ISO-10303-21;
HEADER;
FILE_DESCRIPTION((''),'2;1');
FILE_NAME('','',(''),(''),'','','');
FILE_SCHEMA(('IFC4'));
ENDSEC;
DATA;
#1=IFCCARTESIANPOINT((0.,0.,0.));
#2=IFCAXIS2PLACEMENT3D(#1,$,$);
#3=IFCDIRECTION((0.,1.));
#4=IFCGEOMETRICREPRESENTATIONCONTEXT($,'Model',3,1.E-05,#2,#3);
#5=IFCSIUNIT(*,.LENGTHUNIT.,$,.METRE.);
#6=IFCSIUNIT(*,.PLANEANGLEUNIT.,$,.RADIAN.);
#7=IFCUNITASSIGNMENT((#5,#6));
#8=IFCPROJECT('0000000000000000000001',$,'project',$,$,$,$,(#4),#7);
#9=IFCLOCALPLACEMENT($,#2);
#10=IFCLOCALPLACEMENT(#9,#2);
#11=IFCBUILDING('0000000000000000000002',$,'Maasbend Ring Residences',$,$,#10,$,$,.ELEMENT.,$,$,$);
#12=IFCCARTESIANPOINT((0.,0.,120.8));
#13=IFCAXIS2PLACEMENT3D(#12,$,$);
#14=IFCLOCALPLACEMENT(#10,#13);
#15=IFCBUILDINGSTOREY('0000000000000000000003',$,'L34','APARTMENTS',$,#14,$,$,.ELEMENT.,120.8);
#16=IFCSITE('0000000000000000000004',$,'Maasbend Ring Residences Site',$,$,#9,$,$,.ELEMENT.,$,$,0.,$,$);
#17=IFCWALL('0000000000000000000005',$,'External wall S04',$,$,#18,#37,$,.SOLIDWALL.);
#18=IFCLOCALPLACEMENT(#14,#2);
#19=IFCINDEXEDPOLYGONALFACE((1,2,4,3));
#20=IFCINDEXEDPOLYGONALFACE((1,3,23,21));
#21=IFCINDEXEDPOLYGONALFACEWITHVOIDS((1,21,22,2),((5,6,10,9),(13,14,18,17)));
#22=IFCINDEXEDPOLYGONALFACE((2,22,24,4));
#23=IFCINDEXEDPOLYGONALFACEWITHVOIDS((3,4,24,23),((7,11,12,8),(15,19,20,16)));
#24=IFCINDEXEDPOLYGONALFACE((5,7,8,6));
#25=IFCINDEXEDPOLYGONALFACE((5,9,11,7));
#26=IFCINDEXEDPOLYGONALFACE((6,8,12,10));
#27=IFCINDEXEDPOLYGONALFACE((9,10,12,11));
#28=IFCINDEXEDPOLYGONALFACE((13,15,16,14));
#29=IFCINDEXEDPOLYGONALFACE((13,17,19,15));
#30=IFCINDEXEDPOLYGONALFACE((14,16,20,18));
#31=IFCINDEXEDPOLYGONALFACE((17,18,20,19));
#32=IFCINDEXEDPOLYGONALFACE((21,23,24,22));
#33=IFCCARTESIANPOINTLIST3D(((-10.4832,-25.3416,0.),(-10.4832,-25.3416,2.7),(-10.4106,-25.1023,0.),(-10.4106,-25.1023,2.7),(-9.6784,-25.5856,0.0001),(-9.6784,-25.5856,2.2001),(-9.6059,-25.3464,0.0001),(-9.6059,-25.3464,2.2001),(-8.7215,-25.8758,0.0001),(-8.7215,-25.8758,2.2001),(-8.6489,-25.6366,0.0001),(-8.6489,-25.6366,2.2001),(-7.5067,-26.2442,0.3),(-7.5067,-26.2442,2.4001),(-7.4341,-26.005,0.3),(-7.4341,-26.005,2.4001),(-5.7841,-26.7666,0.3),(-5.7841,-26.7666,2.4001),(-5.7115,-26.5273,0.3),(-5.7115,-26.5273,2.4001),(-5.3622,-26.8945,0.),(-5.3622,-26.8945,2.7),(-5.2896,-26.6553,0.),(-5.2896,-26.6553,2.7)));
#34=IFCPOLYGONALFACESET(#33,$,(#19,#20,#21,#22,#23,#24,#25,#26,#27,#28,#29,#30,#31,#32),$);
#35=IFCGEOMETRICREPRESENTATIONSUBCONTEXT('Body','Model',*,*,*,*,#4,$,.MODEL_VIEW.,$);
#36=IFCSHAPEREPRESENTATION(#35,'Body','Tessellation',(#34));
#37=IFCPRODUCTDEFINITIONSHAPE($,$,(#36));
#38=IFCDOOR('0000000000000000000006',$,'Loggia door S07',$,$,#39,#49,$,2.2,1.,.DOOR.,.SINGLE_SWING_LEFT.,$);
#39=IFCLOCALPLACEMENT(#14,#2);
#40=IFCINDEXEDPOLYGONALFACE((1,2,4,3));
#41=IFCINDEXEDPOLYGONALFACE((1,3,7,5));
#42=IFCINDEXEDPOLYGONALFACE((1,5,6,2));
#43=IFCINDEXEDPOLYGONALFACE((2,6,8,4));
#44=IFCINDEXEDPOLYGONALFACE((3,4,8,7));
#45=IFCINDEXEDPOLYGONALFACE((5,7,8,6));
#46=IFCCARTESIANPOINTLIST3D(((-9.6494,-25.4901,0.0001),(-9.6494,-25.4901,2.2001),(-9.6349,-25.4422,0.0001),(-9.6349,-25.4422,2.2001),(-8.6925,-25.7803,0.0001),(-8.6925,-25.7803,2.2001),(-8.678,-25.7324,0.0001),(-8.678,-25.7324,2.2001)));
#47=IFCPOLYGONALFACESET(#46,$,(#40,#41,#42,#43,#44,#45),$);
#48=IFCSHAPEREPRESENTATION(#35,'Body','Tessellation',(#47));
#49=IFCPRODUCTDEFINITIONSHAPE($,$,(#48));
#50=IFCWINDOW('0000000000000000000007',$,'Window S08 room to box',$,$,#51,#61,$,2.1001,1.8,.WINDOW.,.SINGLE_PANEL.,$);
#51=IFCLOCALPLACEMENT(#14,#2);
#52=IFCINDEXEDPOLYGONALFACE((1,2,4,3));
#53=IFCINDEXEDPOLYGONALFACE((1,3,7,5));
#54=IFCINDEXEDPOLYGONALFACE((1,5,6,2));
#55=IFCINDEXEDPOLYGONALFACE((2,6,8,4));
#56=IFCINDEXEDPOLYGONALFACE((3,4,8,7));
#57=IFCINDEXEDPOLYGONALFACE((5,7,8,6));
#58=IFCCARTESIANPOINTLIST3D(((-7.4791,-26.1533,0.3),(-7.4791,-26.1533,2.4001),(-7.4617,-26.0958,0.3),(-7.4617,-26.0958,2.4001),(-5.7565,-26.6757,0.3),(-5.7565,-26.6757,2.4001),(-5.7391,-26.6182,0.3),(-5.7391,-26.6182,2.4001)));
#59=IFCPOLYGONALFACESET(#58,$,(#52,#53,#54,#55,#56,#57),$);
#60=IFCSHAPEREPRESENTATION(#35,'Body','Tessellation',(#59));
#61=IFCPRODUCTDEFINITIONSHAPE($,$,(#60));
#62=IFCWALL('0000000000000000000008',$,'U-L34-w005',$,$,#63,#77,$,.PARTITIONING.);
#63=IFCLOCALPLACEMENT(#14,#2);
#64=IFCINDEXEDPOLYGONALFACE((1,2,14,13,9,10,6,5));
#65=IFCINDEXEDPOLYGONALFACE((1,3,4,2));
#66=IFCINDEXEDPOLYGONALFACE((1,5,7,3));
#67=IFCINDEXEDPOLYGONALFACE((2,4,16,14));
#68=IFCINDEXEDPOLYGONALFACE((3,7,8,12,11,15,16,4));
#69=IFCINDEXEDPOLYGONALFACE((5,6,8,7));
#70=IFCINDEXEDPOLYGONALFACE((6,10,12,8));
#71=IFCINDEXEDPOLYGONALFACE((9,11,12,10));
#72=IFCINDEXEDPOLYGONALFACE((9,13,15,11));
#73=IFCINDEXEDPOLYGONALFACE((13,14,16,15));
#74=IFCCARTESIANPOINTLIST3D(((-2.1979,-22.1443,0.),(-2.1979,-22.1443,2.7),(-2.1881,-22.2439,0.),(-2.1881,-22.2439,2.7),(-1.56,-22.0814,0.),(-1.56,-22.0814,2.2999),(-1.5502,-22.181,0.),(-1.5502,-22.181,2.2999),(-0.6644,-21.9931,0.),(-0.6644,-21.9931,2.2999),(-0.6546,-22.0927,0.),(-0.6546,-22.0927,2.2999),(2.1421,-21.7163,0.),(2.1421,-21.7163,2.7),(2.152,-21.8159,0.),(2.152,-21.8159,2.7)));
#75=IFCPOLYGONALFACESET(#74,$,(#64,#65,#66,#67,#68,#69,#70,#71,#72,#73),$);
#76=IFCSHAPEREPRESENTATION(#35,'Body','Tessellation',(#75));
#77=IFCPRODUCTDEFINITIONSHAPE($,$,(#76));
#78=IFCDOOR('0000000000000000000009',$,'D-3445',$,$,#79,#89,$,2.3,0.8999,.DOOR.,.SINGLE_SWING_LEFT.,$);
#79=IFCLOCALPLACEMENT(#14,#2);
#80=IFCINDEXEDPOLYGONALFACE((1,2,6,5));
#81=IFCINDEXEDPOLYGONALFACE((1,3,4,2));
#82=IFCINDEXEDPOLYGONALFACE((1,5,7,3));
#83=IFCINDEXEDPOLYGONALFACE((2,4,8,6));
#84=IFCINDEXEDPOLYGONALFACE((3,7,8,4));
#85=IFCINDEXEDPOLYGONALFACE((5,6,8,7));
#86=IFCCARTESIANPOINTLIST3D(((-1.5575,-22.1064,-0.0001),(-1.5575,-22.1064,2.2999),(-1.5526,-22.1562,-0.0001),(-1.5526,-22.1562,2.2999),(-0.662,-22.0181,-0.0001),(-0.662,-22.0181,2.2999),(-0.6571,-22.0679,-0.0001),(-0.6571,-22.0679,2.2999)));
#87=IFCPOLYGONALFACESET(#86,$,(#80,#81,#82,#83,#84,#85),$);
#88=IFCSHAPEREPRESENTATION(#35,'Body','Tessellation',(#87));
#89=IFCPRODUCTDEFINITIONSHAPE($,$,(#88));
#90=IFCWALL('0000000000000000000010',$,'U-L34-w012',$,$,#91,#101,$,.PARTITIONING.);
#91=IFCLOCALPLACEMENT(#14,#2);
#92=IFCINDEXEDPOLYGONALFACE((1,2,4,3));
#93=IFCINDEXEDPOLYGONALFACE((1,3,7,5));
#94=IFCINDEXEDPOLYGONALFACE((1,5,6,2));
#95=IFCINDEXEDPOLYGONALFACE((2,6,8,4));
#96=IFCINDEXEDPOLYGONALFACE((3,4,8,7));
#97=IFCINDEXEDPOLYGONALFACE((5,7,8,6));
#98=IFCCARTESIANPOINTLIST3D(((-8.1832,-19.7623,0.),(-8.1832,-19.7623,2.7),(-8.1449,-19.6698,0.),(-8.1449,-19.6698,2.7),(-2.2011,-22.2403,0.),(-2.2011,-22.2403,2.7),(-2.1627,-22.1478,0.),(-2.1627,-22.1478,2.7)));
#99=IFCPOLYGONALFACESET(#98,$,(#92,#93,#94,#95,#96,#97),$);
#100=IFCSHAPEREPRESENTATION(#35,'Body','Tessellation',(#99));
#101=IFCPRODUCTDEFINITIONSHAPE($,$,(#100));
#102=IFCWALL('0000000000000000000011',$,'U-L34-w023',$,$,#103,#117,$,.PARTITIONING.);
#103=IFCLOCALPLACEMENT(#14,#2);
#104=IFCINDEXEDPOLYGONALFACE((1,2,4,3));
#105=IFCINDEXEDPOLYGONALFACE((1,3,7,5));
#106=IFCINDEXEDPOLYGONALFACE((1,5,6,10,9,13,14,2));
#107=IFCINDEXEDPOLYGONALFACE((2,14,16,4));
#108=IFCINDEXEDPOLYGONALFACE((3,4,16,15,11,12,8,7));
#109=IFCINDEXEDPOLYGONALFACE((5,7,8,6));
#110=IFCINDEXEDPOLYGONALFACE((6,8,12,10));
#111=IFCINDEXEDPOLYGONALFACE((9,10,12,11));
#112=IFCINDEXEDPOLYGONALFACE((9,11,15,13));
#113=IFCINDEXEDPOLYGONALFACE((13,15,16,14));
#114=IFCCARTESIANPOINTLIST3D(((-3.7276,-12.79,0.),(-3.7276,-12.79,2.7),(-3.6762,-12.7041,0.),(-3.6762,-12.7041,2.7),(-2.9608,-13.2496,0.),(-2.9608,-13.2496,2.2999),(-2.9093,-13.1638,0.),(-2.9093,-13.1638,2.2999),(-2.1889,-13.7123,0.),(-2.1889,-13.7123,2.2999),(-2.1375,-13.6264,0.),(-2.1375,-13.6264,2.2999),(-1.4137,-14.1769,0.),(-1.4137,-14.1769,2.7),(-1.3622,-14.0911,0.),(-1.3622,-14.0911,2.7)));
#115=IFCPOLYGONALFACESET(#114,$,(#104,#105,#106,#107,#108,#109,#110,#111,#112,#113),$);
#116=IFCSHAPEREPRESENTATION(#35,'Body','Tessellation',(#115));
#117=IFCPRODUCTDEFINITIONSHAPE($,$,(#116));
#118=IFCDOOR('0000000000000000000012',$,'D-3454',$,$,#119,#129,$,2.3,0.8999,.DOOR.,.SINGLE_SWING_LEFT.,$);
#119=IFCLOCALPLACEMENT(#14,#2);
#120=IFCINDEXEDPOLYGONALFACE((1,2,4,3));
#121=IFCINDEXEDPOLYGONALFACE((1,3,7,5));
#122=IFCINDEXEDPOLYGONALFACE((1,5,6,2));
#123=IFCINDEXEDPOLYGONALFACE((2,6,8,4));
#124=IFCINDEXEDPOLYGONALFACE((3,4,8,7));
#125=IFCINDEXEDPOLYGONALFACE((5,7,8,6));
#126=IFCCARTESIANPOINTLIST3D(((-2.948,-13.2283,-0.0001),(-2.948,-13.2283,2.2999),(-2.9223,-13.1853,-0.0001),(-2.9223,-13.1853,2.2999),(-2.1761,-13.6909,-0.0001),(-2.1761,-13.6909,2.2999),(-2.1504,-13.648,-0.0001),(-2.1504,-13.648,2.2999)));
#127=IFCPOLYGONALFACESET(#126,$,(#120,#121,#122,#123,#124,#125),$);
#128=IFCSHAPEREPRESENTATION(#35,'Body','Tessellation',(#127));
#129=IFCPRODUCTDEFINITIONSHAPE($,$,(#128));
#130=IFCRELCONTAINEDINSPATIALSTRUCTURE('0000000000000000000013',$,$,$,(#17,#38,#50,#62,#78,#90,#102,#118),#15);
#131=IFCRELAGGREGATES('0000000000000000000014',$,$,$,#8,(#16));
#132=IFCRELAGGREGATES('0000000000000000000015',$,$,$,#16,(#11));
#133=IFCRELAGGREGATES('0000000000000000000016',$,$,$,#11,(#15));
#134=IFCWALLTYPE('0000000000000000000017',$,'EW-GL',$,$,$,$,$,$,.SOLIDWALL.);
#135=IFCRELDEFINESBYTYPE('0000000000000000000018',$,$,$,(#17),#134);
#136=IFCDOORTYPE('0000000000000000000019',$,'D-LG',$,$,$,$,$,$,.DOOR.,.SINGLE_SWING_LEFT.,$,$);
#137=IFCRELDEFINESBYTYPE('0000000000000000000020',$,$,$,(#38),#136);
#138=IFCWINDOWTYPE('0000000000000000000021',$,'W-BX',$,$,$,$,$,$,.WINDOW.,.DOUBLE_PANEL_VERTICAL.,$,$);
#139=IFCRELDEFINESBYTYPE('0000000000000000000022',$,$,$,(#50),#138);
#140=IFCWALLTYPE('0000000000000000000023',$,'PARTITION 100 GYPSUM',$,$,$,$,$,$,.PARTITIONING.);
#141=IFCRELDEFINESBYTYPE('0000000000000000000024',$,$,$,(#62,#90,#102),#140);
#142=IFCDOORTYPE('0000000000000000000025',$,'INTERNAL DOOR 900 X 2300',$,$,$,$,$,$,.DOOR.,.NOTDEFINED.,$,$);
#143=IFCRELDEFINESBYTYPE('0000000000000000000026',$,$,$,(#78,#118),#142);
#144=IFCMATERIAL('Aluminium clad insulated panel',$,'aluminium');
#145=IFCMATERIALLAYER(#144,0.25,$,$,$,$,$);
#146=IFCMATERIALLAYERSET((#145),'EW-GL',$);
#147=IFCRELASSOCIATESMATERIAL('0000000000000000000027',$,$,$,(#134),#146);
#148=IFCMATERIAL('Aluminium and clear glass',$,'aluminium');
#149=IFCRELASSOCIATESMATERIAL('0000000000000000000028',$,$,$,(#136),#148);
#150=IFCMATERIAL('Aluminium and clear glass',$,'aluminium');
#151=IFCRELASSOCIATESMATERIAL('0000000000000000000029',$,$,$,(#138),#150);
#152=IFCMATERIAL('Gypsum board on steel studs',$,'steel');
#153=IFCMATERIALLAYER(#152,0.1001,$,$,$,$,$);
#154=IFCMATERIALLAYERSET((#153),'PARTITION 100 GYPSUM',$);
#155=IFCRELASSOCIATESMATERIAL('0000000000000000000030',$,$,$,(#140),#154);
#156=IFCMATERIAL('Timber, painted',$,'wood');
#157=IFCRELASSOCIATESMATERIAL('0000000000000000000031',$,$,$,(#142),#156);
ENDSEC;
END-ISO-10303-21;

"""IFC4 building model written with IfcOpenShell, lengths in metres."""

from ifc_helpers import new_model, si_unit, direction, frame, frame_2d, origin, place, context, subcontext, project, spatial, rectangle, extrude, material, layer, layer_set, type_object, element, fill, save


model = new_model("IFC4")

# Units and contexts
model_context = context("Model", 3, precision=1e-05, world=origin(), true_north=direction((0.0, 1.0)))
body_context = subcontext(model_context, "Body", "Model", "MODEL_VIEW")
ifc_project = project(units=[si_unit("LENGTHUNIT", "METRE"), si_unit("PLANEANGLEUNIT", "RADIAN")], contexts=[model_context])

# Site, building, storey
site_placement = place(None, origin())
site = spatial("IfcSite", under=ifc_project, at=site_placement, Name="Maasbend Ring Residences Site", CompositionType="ELEMENT", RefElevation=0.0)
building_placement = place(site_placement, origin())
building = spatial("IfcBuilding", under=site, at=building_placement, Name="Maasbend Ring Residences", CompositionType="ELEMENT")
storey_placement = place(building_placement, frame((0.0, 0.0, 120.8)))
storey = spatial("IfcBuildingStorey", under=building, at=storey_placement, Name="L34", Description="APARTMENTS", CompositionType="ELEMENT", Elevation=120.8)

# Wall, openings, door, window
ifc_material_1 = material(Name="Aluminium clad insulated panel", Category="aluminium")
ifc_layer_1 = layer(ifc_material_1, 0.25)
ifc_layer_set_1 = layer_set([ifc_layer_1], Name="EW-GL")
wall_type_1 = type_object("IfcWallType", Name="EW-GL", PredefinedType="SOLIDWALL", material=ifc_layer_set_1)
wall_1_placement = place(storey_placement, frame((-10.447, -25.2219, 0.0), z_axis=(0.0, 0.0, 1.0), x_axis=(0.956966, -0.290201, 0.0)))
wall_1 = element("IfcWall", 1, at=wall_1_placement, inside=storey, type_object=wall_type_1, Name="External wall S04", PredefinedType="SOLIDWALL", context=body_context, shape_type="SweptSolid", body=[
    extrude(rectangle(XDim=5.3513, YDim=0.25, at=frame_2d((2.6758, 0.0))), origin(), (0.0, 0.0, 1.0), 2.7),
])
opening_1_placement = place(wall_1_placement, frame((0.8411, 0.0, 0.0)))
opening_1 = element("IfcOpeningElement", 2, at=opening_1_placement, cuts=wall_1, PredefinedType="OPENING", context=body_context, shape_type="SweptSolid", body=[
    extrude(rectangle(XDim=1.0, YDim=2.2, at=frame_2d((0.5, 1.1001))), frame((0.0, 0.135, 0.0), z_axis=(0.0, -1.0, 0.0), x_axis=(1.0, 0.0, 0.0)), (0.0, 0.0, 1.0), 0.27),
])
opening_2_placement = place(wall_1_placement, frame((3.1106, 0.0, 0.3)))
opening_2 = element("IfcOpeningElement", 3, at=opening_2_placement, cuts=wall_1, PredefinedType="OPENING", context=body_context, shape_type="SweptSolid", body=[
    extrude(rectangle(XDim=1.8, YDim=2.1001, at=frame_2d((0.8999, 1.05))), frame((0.0, 0.135, 0.0), z_axis=(0.0, -1.0, 0.0), x_axis=(1.0, 0.0, 0.0)), (0.0, 0.0, 1.0), 0.27),
])
ifc_material_2 = material(Name="Aluminium and clear glass", Category="aluminium")
door_type_1 = type_object("IfcDoorType", Name="D-LG", OperationType="SINGLE_SWING_LEFT", PredefinedType="DOOR", material=ifc_material_2)
door_1_placement = place(opening_1_placement, origin())
door_1 = element("IfcDoor", 4, at=door_1_placement, inside=storey, type_object=door_type_1, Name="Loggia door S07", OperationType="SINGLE_SWING_LEFT", OverallHeight=2.2, OverallWidth=1.0, PredefinedType="DOOR", context=body_context, shape_type="SweptSolid", body=[
    extrude(rectangle(XDim=1.0, YDim=2.2, at=frame_2d((0.5, 1.1001))), frame((0.0, 0.0249, 0.0), z_axis=(0.0, -1.0, 0.0), x_axis=(1.0, 0.0, 0.0)), (0.0, 0.0, 1.0), 0.05),
])
fill(opening_1, door_1)
ifc_material_3 = material(Name="Aluminium and clear glass", Category="aluminium")
window_type = type_object("IfcWindowType", Name="W-BX", PartitioningType="DOUBLE_PANEL_VERTICAL", PredefinedType="WINDOW", material=ifc_material_3)
window_placement = place(opening_2_placement, origin())
window = element("IfcWindow", 5, at=window_placement, inside=storey, type_object=window_type, Name="Window S08 room to box", OverallHeight=2.1001, OverallWidth=1.8, PartitioningType="SINGLE_PANEL", PredefinedType="WINDOW", context=body_context, shape_type="SweptSolid", body=[
    extrude(rectangle(XDim=1.8, YDim=2.1001, at=frame_2d((0.8999, 1.05))), frame((0.0, 0.03, 0.0), z_axis=(0.0, -1.0, 0.0), x_axis=(1.0, 0.0, 0.0)), (0.0, 0.0, 1.0), 0.0601),
])
fill(opening_2, window)

# Wall, opening, door
ifc_material_4 = material(Name="Gypsum board on steel studs", Category="steel")
ifc_layer_2 = layer(ifc_material_4, 0.1001)
ifc_layer_set_2 = layer_set([ifc_layer_2], Name="PARTITION 100 GYPSUM")
wall_type_2 = type_object("IfcWallType", Name="PARTITION 100 GYPSUM", PredefinedType="PARTITIONING", material=ifc_layer_set_2)
wall_2_placement = place(storey_placement, frame((-2.1931, -22.1941, 0.0), z_axis=(0.0, 0.0, 1.0), x_axis=(0.995173, 0.098135, 0.0)))
wall_2 = element("IfcWall", 6, at=wall_2_placement, inside=storey, type_object=wall_type_2, Name="U-L34-w005", PredefinedType="PARTITIONING", context=body_context, shape_type="SweptSolid", body=[
    extrude(rectangle(XDim=4.3611, YDim=0.1001, at=frame_2d((2.1807, 0.0))), origin(), (0.0, 0.0, 1.0), 2.7),
])
opening_3_placement = place(wall_2_placement, frame((0.6411, 0.0, 0.0)))
opening_3 = element("IfcOpeningElement", 7, at=opening_3_placement, cuts=wall_2, PredefinedType="OPENING", context=body_context, shape_type="SweptSolid", body=[
    extrude(rectangle(XDim=0.8999, YDim=2.3, at=frame_2d((0.45, 1.1499))), frame((0.0, 0.0601, 0.0), z_axis=(0.0, -1.0, 0.0), x_axis=(1.0, 0.0, 0.0)), (0.0, 0.0, 1.0), 0.1201),
])
ifc_material_5 = material(Name="Timber, painted", Category="wood")
door_type_2 = type_object("IfcDoorType", Name="INTERNAL DOOR 900 X 2300", OperationType="NOTDEFINED", PredefinedType="DOOR", material=ifc_material_5)
door_2_placement = place(opening_3_placement, origin())
door_2 = element("IfcDoor", 8, at=door_2_placement, inside=storey, type_object=door_type_2, Name="D-3445", OperationType="SINGLE_SWING_LEFT", OverallHeight=2.3, OverallWidth=0.8999, PredefinedType="DOOR", context=body_context, shape_type="SweptSolid", body=[
    extrude(rectangle(XDim=0.8999, YDim=2.3, at=frame_2d((0.45, 1.1499))), frame((0.0, 0.0249, 0.0), z_axis=(0.0, -1.0, 0.0), x_axis=(1.0, 0.0, 0.0)), (0.0, 0.0, 1.0), 0.05),
])
fill(opening_3, door_2)

# Wall
wall_3_placement = place(storey_placement, frame((-8.1641, -19.7161, 0.0), z_axis=(0.0, 0.0, 1.0), x_axis=(0.923873, -0.3827, 0.0)))
element("IfcWall", 9, at=wall_3_placement, inside=storey, type_object=wall_type_2, Name="U-L34-w012", PredefinedType="PARTITIONING", context=body_context, shape_type="SweptSolid", body=[
    extrude(rectangle(XDim=6.4751, YDim=0.1001, at=frame_2d((3.2375, 0.0))), origin(), (0.0, 0.0, 1.0), 2.7),
])

# Wall, opening, door
wall_4_placement = place(storey_placement, frame((-3.7019, -12.7471, 0.0), z_axis=(0.0, 0.0, 1.0), x_axis=(0.857724, -0.51411, 0.0)))
wall_4 = element("IfcWall", 10, at=wall_4_placement, inside=storey, type_object=wall_type_2, Name="U-L34-w023", PredefinedType="PARTITIONING", context=body_context, shape_type="SweptSolid", body=[
    extrude(rectangle(XDim=2.6978, YDim=0.1001, at=frame_2d((1.3489, 0.0))), origin(), (0.0, 0.0, 1.0), 2.7),
])
opening_4_placement = place(wall_4_placement, frame((0.894, 0.0, 0.0)))
opening_4 = element("IfcOpeningElement", 11, at=opening_4_placement, cuts=wall_4, PredefinedType="OPENING", context=body_context, shape_type="SweptSolid", body=[
    extrude(rectangle(XDim=0.8999, YDim=2.3, at=frame_2d((0.45, 1.1499))), frame((0.0, 0.0601, 0.0), z_axis=(0.0, -1.0, 0.0), x_axis=(1.0, 0.0, 0.0)), (0.0, 0.0, 1.0), 0.1201),
])
door_3_placement = place(opening_4_placement, origin())
door_3 = element("IfcDoor", 12, at=door_3_placement, inside=storey, type_object=door_type_2, Name="D-3454", OperationType="SINGLE_SWING_LEFT", OverallHeight=2.3, OverallWidth=0.8999, PredefinedType="DOOR", context=body_context, shape_type="SweptSolid", body=[
    extrude(rectangle(XDim=0.8999, YDim=2.3, at=frame_2d((0.45, 1.1499))), frame((0.0, 0.0249, 0.0), z_axis=(0.0, -1.0, 0.0), x_axis=(1.0, 0.0, 0.0)), (0.0, 0.0, 1.0), 0.05),
])
fill(opening_4, door_3)

save(model, "model.ifc")
